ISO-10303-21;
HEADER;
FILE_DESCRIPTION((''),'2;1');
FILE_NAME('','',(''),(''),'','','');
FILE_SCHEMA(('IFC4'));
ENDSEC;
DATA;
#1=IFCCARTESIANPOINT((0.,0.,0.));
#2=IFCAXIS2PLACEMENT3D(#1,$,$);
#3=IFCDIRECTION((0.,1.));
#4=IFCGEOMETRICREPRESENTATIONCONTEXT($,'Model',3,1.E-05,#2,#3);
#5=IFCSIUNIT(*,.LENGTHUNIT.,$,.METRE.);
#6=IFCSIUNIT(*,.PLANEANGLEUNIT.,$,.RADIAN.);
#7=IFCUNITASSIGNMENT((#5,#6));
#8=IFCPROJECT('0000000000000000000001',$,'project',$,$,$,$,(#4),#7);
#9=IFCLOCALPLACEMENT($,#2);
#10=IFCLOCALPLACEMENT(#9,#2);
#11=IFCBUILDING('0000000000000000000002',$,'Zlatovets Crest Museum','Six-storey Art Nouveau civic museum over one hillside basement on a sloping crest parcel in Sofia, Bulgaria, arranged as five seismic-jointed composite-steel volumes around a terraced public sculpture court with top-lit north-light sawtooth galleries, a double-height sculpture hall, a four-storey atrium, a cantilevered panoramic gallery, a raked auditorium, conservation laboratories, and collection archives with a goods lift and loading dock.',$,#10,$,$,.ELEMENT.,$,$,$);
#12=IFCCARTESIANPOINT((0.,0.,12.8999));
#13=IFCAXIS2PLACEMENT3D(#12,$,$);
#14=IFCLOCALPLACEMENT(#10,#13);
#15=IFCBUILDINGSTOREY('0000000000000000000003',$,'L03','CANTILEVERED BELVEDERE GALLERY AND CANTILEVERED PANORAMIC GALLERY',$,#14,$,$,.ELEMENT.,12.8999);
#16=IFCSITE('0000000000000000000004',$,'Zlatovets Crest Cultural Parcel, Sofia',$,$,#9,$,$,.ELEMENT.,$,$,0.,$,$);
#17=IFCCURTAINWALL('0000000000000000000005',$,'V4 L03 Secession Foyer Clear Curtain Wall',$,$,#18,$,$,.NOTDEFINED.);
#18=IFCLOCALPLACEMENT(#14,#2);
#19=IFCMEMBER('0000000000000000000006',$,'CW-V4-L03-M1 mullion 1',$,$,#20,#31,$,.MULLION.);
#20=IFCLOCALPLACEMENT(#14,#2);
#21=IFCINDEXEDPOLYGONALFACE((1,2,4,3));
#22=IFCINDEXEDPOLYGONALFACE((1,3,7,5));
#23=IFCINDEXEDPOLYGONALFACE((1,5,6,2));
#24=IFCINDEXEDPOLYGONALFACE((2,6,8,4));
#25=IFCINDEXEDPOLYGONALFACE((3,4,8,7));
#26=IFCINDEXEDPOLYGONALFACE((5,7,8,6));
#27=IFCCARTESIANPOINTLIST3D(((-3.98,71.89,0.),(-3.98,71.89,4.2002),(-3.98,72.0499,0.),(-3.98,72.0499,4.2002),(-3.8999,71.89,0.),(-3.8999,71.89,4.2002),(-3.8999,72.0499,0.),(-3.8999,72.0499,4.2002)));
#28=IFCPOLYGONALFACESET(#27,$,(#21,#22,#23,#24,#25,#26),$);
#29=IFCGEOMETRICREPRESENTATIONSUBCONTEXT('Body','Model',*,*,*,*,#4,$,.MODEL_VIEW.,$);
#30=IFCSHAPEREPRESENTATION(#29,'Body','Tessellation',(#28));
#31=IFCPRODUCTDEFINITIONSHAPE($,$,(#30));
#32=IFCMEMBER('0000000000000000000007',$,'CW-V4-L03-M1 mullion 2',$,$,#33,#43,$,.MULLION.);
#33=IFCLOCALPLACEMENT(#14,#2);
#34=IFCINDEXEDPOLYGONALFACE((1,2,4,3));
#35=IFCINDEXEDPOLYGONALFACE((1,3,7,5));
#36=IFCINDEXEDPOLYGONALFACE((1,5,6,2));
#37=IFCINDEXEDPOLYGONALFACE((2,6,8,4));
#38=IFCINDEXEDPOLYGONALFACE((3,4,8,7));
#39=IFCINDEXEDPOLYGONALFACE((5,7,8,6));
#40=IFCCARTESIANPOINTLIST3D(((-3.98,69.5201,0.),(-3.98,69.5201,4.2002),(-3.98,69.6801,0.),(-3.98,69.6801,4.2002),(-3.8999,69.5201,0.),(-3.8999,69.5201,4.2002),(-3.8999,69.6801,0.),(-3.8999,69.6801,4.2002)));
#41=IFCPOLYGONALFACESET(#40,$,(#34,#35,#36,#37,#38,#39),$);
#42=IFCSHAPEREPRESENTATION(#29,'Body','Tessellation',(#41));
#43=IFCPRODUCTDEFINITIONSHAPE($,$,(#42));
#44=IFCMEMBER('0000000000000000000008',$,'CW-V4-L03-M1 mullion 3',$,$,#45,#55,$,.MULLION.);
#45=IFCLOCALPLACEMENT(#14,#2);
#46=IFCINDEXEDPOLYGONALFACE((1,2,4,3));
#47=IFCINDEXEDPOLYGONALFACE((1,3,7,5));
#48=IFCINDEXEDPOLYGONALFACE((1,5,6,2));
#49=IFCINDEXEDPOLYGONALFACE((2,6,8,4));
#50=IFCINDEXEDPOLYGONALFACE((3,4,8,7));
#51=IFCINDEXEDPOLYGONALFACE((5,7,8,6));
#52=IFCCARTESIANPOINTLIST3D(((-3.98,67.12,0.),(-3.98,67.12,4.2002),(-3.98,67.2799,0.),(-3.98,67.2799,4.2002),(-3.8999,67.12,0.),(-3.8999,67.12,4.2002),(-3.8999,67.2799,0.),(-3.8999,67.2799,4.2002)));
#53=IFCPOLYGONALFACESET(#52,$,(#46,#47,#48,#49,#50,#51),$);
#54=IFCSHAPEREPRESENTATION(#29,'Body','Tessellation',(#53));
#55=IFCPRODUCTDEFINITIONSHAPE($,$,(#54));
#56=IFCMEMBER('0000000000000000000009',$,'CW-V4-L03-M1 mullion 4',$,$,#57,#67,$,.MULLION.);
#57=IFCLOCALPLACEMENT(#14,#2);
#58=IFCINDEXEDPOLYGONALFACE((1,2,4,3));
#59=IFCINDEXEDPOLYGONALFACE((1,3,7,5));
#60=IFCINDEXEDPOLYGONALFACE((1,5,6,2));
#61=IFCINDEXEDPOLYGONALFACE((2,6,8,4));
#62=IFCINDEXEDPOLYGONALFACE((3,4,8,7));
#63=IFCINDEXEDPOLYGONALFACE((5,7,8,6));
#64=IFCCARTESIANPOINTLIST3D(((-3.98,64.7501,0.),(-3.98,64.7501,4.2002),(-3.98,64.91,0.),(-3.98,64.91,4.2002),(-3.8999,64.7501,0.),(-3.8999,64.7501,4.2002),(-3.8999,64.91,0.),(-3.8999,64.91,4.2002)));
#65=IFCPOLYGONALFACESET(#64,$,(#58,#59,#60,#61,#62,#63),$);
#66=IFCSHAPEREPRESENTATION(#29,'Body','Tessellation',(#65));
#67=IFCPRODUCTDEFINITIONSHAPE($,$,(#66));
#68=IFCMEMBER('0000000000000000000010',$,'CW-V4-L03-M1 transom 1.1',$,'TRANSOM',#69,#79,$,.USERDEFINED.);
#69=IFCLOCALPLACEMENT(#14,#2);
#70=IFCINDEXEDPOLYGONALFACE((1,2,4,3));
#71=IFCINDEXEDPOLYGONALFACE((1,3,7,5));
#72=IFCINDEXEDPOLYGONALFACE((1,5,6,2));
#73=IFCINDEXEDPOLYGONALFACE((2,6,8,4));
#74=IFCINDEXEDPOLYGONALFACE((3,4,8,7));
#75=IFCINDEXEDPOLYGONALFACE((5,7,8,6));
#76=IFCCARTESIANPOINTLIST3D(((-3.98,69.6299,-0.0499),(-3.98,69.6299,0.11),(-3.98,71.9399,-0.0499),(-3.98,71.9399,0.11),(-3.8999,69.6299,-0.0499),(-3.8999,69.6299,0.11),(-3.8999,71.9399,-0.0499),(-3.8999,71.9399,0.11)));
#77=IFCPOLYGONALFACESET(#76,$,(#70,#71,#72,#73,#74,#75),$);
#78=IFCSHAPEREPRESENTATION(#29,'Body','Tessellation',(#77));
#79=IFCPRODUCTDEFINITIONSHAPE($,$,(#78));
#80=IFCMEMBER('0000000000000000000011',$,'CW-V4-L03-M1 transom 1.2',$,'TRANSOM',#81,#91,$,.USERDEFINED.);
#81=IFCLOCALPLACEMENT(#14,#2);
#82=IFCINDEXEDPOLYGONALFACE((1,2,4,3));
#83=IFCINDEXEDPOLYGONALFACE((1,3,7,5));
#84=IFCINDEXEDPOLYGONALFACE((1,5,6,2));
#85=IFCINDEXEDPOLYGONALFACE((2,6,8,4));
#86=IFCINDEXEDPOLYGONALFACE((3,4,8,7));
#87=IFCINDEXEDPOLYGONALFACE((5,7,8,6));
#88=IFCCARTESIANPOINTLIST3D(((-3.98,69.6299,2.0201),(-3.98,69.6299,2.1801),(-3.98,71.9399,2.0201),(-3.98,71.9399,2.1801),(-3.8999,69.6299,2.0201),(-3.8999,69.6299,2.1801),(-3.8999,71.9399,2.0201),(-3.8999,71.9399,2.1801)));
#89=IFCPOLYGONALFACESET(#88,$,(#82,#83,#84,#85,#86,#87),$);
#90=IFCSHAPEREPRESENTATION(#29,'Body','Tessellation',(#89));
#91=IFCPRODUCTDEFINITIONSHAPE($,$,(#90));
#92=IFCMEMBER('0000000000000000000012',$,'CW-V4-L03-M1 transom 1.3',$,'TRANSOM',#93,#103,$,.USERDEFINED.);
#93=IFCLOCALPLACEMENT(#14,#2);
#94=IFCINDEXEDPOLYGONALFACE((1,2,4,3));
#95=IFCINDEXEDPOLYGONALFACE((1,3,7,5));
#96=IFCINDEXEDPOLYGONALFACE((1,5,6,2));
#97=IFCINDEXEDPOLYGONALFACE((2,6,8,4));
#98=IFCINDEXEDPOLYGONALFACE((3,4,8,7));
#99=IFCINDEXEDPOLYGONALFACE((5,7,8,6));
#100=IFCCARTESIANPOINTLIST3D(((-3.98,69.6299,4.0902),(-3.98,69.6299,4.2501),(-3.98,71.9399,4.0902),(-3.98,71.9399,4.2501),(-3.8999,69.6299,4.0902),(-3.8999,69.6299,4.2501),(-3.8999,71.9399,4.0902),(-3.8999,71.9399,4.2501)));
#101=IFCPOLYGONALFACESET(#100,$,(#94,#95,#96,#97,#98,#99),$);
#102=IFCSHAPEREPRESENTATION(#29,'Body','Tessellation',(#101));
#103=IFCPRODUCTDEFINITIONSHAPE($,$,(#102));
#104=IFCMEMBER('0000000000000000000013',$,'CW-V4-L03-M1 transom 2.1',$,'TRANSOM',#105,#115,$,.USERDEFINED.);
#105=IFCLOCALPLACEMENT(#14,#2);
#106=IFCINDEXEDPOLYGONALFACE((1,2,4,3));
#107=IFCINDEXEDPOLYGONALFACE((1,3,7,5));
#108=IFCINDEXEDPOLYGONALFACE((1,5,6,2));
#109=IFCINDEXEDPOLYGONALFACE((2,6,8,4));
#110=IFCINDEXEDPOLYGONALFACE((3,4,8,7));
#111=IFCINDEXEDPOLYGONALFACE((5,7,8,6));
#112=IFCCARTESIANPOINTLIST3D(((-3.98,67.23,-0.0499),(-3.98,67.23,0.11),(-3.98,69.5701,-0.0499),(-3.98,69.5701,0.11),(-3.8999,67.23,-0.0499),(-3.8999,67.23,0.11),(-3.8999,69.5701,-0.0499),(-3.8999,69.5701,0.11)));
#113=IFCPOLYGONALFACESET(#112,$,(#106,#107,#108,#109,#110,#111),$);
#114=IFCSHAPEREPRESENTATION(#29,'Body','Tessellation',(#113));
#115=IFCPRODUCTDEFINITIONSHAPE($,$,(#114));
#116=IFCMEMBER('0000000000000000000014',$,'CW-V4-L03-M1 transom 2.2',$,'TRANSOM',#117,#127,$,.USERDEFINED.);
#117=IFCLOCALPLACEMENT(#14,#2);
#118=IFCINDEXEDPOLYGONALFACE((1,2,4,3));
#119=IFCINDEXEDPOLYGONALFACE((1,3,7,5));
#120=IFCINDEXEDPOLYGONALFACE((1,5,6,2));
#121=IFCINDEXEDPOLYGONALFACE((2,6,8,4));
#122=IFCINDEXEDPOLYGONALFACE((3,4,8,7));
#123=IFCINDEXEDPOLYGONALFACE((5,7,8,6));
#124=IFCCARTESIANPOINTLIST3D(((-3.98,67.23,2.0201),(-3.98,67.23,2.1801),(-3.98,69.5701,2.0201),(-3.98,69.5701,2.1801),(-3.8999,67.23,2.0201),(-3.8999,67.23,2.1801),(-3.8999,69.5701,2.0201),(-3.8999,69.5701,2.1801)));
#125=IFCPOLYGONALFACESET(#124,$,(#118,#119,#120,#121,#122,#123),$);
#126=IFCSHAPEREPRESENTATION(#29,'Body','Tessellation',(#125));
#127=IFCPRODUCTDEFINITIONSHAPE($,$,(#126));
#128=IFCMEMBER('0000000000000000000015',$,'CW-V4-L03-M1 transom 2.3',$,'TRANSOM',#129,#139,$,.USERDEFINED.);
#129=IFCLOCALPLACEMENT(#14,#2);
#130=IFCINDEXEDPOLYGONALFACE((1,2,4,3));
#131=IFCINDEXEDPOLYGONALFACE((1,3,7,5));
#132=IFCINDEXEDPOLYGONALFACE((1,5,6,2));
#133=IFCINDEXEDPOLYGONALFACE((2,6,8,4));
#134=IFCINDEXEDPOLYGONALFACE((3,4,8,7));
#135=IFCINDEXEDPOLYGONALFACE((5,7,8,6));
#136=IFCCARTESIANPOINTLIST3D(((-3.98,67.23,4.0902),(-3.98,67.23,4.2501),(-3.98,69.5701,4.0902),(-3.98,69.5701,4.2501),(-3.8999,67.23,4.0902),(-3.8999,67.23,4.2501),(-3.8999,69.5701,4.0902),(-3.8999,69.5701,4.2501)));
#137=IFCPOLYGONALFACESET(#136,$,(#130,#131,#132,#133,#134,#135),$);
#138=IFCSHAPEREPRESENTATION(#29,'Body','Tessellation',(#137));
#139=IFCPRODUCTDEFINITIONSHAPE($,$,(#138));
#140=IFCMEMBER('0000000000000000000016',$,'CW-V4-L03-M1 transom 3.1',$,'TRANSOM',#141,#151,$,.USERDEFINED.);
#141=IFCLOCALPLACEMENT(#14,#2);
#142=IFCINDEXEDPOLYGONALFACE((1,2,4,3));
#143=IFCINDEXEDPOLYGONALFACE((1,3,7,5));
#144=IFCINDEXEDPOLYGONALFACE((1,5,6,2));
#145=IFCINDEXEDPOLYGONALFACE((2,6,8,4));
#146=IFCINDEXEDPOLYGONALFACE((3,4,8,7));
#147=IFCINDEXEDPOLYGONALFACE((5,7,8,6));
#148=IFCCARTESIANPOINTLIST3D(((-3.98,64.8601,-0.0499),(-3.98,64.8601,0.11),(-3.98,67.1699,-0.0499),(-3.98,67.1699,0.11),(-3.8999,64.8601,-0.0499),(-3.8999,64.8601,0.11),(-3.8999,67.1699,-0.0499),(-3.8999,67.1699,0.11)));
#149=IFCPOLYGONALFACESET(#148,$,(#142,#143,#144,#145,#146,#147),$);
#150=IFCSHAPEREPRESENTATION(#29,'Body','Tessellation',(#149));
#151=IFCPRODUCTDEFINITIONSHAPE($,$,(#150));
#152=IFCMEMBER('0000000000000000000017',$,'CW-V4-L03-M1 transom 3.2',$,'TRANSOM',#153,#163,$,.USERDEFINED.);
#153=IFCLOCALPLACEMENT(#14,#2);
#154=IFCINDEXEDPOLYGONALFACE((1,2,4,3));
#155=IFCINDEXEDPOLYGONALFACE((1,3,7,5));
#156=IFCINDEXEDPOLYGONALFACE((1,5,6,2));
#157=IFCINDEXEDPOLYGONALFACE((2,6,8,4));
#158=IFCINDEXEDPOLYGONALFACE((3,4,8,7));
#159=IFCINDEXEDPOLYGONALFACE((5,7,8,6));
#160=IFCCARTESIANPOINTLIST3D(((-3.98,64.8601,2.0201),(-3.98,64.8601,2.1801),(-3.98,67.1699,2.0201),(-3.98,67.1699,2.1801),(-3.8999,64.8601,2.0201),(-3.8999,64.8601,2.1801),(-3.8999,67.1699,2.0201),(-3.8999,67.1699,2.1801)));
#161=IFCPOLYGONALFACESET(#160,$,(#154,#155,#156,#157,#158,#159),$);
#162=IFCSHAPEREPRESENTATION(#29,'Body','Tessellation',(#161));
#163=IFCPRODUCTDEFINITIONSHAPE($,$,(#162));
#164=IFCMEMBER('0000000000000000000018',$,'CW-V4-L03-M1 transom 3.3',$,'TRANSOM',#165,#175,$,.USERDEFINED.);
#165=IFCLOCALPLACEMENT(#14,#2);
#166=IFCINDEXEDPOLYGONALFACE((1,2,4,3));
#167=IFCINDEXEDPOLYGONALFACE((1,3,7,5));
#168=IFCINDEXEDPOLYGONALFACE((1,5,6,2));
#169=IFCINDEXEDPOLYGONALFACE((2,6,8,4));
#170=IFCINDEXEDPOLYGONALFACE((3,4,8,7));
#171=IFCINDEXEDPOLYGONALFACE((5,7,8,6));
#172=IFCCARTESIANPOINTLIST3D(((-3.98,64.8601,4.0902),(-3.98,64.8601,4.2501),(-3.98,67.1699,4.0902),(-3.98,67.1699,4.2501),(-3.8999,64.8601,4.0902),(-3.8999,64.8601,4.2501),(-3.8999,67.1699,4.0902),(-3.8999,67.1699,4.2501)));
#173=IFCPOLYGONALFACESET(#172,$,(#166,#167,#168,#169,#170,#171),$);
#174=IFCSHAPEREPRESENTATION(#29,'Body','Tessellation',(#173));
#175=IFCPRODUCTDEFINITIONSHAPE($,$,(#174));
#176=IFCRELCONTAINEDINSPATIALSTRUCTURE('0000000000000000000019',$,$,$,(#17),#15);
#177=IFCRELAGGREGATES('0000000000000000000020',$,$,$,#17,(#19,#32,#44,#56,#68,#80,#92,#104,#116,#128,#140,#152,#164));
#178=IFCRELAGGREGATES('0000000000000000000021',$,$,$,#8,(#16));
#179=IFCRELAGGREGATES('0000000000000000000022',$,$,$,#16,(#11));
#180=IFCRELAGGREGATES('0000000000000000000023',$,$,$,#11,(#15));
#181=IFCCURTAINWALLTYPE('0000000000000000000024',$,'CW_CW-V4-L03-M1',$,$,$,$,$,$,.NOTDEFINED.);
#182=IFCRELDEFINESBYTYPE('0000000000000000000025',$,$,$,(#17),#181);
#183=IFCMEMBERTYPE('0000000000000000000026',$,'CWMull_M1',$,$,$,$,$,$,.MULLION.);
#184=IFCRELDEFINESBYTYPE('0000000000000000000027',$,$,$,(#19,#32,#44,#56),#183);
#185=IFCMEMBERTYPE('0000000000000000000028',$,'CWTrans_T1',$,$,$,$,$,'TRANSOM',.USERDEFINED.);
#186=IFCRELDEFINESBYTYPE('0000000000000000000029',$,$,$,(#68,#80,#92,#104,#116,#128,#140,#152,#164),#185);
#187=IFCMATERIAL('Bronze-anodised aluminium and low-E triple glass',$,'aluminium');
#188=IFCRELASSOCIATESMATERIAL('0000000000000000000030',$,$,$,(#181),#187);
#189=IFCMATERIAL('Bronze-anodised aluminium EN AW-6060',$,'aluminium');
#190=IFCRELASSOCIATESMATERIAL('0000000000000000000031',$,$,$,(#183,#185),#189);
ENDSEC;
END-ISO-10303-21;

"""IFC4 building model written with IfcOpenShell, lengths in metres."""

from ifc_helpers import new_model, si_unit, direction, frame, origin, origin_2d, place, context, subcontext, project, spatial, rectangle, extrude, material, material_profile, profile_set, type_object, element, aggregate, save


model = new_model("IFC4")

# Units and contexts
model_context = context("Model", 3, precision=1e-05, world=origin(), true_north=direction((0.0, 1.0)))
body_context = subcontext(model_context, "Body", "Model", "MODEL_VIEW")
ifc_project = project(units=[si_unit("LENGTHUNIT", "METRE"), si_unit("PLANEANGLEUNIT", "RADIAN")], contexts=[model_context])

# Site, building, storey
site_placement = place(None, origin())
site = spatial("IfcSite", under=ifc_project, at=site_placement, Name="Zlatovets Crest Cultural Parcel, Sofia", CompositionType="ELEMENT", RefElevation=0.0)
building_placement = place(site_placement, origin())
building = spatial("IfcBuilding", under=site, at=building_placement, Name="Zlatovets Crest Museum", Description="Six-storey Art Nouveau civic museum over one hillside basement on a sloping crest parcel in Sofia, Bulgaria, arranged as five seismic-jointed composite-steel volumes around a terraced public sculpture court with top-lit north-light sawtooth galleries, a double-height sculpture hall, a four-storey atrium, a cantilevered panoramic gallery, a raked auditorium, conservation laboratories, and collection archives with a goods lift and loading dock.", CompositionType="ELEMENT")
storey_placement = place(building_placement, frame((0.0, 0.0, 12.8999)))
storey = spatial("IfcBuildingStorey", under=building, at=storey_placement, Name="L03", Description="CANTILEVERED BELVEDERE GALLERY AND CANTILEVERED PANORAMIC GALLERY", CompositionType="ELEMENT", Elevation=12.8999)

# Curtain wall, members
ifc_material_1 = material(Name="Bronze-anodised aluminium and low-E triple glass", Category="aluminium")
curtain_wall_type = type_object("IfcCurtainWallType", Name="CW_CW-V4-L03-M1", PredefinedType="NOTDEFINED", material=ifc_material_1)
curtain_wall_placement = place(storey_placement, origin())
curtain_wall = element("IfcCurtainWall", 1, at=curtain_wall_placement, inside=storey, type_object=curtain_wall_type, Name="V4 L03 Secession Foyer Clear Curtain Wall", PredefinedType="NOTDEFINED")
ifc_material_2 = material(Name="Bronze-anodised aluminium EN AW-6060", Category="aluminium")
ifc_material_profile_1 = material_profile(ifc_material_2, rectangle(XDim=0.0801, YDim=0.1599, at=origin_2d()), Name="ALU 80x160")
ifc_profile_set_1 = profile_set([ifc_material_profile_1], Name="Bronze-anodised aluminium EN AW-6060")
member_type_1 = type_object("IfcMemberType", Name="CWMull_M1", PredefinedType="MULLION", material=ifc_profile_set_1)
member_1_placement = place(storey_placement, frame((-3.9399, 71.97, 0.0), z_axis=(0.0, 0.0, 1.0), x_axis=(1.0, 0.0, 0.0)))
member_1 = element("IfcMember", 2, at=member_1_placement, type_object=member_type_1, Name="CW-V4-L03-M1 mullion 1", PredefinedType="MULLION", context=body_context, shape_type="SweptSolid", body=[
    extrude(rectangle(XDim=0.0801, YDim=0.1599, at=origin_2d()), origin(), (0.0, 0.0, 1.0), 4.2002),
])
member_2_placement = place(storey_placement, frame((-3.9399, 69.6001, 0.0), z_axis=(0.0, 0.0, 1.0), x_axis=(1.0, 0.0, 0.0)))
member_2 = element("IfcMember", 3, at=member_2_placement, type_object=member_type_1, Name="CW-V4-L03-M1 mullion 2", PredefinedType="MULLION", context=body_context, shape_type="SweptSolid", body=[
    extrude(rectangle(XDim=0.0801, YDim=0.1599, at=origin_2d()), origin(), (0.0, 0.0, 1.0), 4.2002),
])
member_3_placement = place(storey_placement, frame((-3.9399, 67.2, 0.0), z_axis=(0.0, 0.0, 1.0), x_axis=(1.0, 0.0, 0.0)))
member_3 = element("IfcMember", 4, at=member_3_placement, type_object=member_type_1, Name="CW-V4-L03-M1 mullion 3", PredefinedType="MULLION", context=body_context, shape_type="SweptSolid", body=[
    extrude(rectangle(XDim=0.0801, YDim=0.1599, at=origin_2d()), origin(), (0.0, 0.0, 1.0), 4.2002),
])
member_4_placement = place(storey_placement, frame((-3.9399, 64.8301, 0.0), z_axis=(0.0, 0.0, 1.0), x_axis=(1.0, 0.0, 0.0)))
member_4 = element("IfcMember", 5, at=member_4_placement, type_object=member_type_1, Name="CW-V4-L03-M1 mullion 4", PredefinedType="MULLION", context=body_context, shape_type="SweptSolid", body=[
    extrude(rectangle(XDim=0.0801, YDim=0.1599, at=origin_2d()), origin(), (0.0, 0.0, 1.0), 4.2002),
])
ifc_material_profile_2 = material_profile(ifc_material_2, rectangle(XDim=0.0801, YDim=0.1599, at=origin_2d()), Name="ALU 80x160")
ifc_profile_set_2 = profile_set([ifc_material_profile_2], Name="Bronze-anodised aluminium EN AW-6060")
member_type_2 = type_object("IfcMemberType", Name="CWTrans_T1", ElementType="TRANSOM", PredefinedType="USERDEFINED", material=ifc_profile_set_2)
member_5_placement = place(storey_placement, frame((-3.9399, 71.9399, 0.03), z_axis=(0.0, -1.0, 0.0), x_axis=(1.0, 0.0, 0.0)))
member_5 = element("IfcMember", 6, at=member_5_placement, type_object=member_type_2, Name="CW-V4-L03-M1 transom 1.1", ObjectType="TRANSOM", PredefinedType="USERDEFINED", context=body_context, shape_type="SweptSolid", body=[
    extrude(rectangle(XDim=0.0801, YDim=0.1599, at=origin_2d()), origin(), (0.0, 0.0, 1.0), 2.3101),
])
member_6_placement = place(storey_placement, frame((-3.9399, 71.9399, 2.1001), z_axis=(0.0, -1.0, 0.0), x_axis=(1.0, 0.0, 0.0)))
member_6 = element("IfcMember", 7, at=member_6_placement, type_object=member_type_2, Name="CW-V4-L03-M1 transom 1.2", ObjectType="TRANSOM", PredefinedType="USERDEFINED", context=body_context, shape_type="SweptSolid", body=[
    extrude(rectangle(XDim=0.0801, YDim=0.1599, at=origin_2d()), origin(), (0.0, 0.0, 1.0), 2.3101),
])
member_7_placement = place(storey_placement, frame((-3.9399, 71.9399, 4.1702), z_axis=(0.0, -1.0, 0.0), x_axis=(1.0, 0.0, 0.0)))
member_7 = element("IfcMember", 8, at=member_7_placement, type_object=member_type_2, Name="CW-V4-L03-M1 transom 1.3", ObjectType="TRANSOM", PredefinedType="USERDEFINED", context=body_context, shape_type="SweptSolid", body=[
    extrude(rectangle(XDim=0.0801, YDim=0.1599, at=origin_2d()), origin(), (0.0, 0.0, 1.0), 2.3101),
])
member_8_placement = place(storey_placement, frame((-3.9399, 69.5701, 0.03), z_axis=(0.0, -1.0, 0.0), x_axis=(1.0, 0.0, 0.0)))
member_8 = element("IfcMember", 9, at=member_8_placement, type_object=member_type_2, Name="CW-V4-L03-M1 transom 2.1", ObjectType="TRANSOM", PredefinedType="USERDEFINED", context=body_context, shape_type="SweptSolid", body=[
    extrude(rectangle(XDim=0.0801, YDim=0.1599, at=origin_2d()), origin(), (0.0, 0.0, 1.0), 2.3401),
])
member_9_placement = place(storey_placement, frame((-3.9399, 69.5701, 2.1001), z_axis=(0.0, -1.0, 0.0), x_axis=(1.0, 0.0, 0.0)))
member_9 = element("IfcMember", 10, at=member_9_placement, type_object=member_type_2, Name="CW-V4-L03-M1 transom 2.2", ObjectType="TRANSOM", PredefinedType="USERDEFINED", context=body_context, shape_type="SweptSolid", body=[
    extrude(rectangle(XDim=0.0801, YDim=0.1599, at=origin_2d()), origin(), (0.0, 0.0, 1.0), 2.3401),
])
member_10_placement = place(storey_placement, frame((-3.9399, 69.5701, 4.1702), z_axis=(0.0, -1.0, 0.0), x_axis=(1.0, 0.0, 0.0)))
member_10 = element("IfcMember", 11, at=member_10_placement, type_object=member_type_2, Name="CW-V4-L03-M1 transom 2.3", ObjectType="TRANSOM", PredefinedType="USERDEFINED", context=body_context, shape_type="SweptSolid", body=[
    extrude(rectangle(XDim=0.0801, YDim=0.1599, at=origin_2d()), origin(), (0.0, 0.0, 1.0), 2.3401),
])
member_11_placement = place(storey_placement, frame((-3.9399, 67.1699, 0.03), z_axis=(0.0, -1.0, 0.0), x_axis=(1.0, 0.0, 0.0)))
member_11 = element("IfcMember", 12, at=member_11_placement, type_object=member_type_2, Name="CW-V4-L03-M1 transom 3.1", ObjectType="TRANSOM", PredefinedType="USERDEFINED", context=body_context, shape_type="SweptSolid", body=[
    extrude(rectangle(XDim=0.0801, YDim=0.1599, at=origin_2d()), origin(), (0.0, 0.0, 1.0), 2.3098),
])
member_12_placement = place(storey_placement, frame((-3.9399, 67.1699, 2.1001), z_axis=(0.0, -1.0, 0.0), x_axis=(1.0, 0.0, 0.0)))
member_12 = element("IfcMember", 13, at=member_12_placement, type_object=member_type_2, Name="CW-V4-L03-M1 transom 3.2", ObjectType="TRANSOM", PredefinedType="USERDEFINED", context=body_context, shape_type="SweptSolid", body=[
    extrude(rectangle(XDim=0.0801, YDim=0.1599, at=origin_2d()), origin(), (0.0, 0.0, 1.0), 2.3098),
])
member_13_placement = place(storey_placement, frame((-3.9399, 67.1699, 4.1702), z_axis=(0.0, -1.0, 0.0), x_axis=(1.0, 0.0, 0.0)))
member_13 = element("IfcMember", 14, at=member_13_placement, type_object=member_type_2, Name="CW-V4-L03-M1 transom 3.3", ObjectType="TRANSOM", PredefinedType="USERDEFINED", context=body_context, shape_type="SweptSolid", body=[
    extrude(rectangle(XDim=0.0801, YDim=0.1599, at=origin_2d()), origin(), (0.0, 0.0, 1.0), 2.3098),
])

aggregate(curtain_wall, [member_1, member_2, member_3, member_4, member_5, member_6, member_7, member_8, member_9, member_10, member_11, member_12, member_13])

save(model, "model.ifc")
